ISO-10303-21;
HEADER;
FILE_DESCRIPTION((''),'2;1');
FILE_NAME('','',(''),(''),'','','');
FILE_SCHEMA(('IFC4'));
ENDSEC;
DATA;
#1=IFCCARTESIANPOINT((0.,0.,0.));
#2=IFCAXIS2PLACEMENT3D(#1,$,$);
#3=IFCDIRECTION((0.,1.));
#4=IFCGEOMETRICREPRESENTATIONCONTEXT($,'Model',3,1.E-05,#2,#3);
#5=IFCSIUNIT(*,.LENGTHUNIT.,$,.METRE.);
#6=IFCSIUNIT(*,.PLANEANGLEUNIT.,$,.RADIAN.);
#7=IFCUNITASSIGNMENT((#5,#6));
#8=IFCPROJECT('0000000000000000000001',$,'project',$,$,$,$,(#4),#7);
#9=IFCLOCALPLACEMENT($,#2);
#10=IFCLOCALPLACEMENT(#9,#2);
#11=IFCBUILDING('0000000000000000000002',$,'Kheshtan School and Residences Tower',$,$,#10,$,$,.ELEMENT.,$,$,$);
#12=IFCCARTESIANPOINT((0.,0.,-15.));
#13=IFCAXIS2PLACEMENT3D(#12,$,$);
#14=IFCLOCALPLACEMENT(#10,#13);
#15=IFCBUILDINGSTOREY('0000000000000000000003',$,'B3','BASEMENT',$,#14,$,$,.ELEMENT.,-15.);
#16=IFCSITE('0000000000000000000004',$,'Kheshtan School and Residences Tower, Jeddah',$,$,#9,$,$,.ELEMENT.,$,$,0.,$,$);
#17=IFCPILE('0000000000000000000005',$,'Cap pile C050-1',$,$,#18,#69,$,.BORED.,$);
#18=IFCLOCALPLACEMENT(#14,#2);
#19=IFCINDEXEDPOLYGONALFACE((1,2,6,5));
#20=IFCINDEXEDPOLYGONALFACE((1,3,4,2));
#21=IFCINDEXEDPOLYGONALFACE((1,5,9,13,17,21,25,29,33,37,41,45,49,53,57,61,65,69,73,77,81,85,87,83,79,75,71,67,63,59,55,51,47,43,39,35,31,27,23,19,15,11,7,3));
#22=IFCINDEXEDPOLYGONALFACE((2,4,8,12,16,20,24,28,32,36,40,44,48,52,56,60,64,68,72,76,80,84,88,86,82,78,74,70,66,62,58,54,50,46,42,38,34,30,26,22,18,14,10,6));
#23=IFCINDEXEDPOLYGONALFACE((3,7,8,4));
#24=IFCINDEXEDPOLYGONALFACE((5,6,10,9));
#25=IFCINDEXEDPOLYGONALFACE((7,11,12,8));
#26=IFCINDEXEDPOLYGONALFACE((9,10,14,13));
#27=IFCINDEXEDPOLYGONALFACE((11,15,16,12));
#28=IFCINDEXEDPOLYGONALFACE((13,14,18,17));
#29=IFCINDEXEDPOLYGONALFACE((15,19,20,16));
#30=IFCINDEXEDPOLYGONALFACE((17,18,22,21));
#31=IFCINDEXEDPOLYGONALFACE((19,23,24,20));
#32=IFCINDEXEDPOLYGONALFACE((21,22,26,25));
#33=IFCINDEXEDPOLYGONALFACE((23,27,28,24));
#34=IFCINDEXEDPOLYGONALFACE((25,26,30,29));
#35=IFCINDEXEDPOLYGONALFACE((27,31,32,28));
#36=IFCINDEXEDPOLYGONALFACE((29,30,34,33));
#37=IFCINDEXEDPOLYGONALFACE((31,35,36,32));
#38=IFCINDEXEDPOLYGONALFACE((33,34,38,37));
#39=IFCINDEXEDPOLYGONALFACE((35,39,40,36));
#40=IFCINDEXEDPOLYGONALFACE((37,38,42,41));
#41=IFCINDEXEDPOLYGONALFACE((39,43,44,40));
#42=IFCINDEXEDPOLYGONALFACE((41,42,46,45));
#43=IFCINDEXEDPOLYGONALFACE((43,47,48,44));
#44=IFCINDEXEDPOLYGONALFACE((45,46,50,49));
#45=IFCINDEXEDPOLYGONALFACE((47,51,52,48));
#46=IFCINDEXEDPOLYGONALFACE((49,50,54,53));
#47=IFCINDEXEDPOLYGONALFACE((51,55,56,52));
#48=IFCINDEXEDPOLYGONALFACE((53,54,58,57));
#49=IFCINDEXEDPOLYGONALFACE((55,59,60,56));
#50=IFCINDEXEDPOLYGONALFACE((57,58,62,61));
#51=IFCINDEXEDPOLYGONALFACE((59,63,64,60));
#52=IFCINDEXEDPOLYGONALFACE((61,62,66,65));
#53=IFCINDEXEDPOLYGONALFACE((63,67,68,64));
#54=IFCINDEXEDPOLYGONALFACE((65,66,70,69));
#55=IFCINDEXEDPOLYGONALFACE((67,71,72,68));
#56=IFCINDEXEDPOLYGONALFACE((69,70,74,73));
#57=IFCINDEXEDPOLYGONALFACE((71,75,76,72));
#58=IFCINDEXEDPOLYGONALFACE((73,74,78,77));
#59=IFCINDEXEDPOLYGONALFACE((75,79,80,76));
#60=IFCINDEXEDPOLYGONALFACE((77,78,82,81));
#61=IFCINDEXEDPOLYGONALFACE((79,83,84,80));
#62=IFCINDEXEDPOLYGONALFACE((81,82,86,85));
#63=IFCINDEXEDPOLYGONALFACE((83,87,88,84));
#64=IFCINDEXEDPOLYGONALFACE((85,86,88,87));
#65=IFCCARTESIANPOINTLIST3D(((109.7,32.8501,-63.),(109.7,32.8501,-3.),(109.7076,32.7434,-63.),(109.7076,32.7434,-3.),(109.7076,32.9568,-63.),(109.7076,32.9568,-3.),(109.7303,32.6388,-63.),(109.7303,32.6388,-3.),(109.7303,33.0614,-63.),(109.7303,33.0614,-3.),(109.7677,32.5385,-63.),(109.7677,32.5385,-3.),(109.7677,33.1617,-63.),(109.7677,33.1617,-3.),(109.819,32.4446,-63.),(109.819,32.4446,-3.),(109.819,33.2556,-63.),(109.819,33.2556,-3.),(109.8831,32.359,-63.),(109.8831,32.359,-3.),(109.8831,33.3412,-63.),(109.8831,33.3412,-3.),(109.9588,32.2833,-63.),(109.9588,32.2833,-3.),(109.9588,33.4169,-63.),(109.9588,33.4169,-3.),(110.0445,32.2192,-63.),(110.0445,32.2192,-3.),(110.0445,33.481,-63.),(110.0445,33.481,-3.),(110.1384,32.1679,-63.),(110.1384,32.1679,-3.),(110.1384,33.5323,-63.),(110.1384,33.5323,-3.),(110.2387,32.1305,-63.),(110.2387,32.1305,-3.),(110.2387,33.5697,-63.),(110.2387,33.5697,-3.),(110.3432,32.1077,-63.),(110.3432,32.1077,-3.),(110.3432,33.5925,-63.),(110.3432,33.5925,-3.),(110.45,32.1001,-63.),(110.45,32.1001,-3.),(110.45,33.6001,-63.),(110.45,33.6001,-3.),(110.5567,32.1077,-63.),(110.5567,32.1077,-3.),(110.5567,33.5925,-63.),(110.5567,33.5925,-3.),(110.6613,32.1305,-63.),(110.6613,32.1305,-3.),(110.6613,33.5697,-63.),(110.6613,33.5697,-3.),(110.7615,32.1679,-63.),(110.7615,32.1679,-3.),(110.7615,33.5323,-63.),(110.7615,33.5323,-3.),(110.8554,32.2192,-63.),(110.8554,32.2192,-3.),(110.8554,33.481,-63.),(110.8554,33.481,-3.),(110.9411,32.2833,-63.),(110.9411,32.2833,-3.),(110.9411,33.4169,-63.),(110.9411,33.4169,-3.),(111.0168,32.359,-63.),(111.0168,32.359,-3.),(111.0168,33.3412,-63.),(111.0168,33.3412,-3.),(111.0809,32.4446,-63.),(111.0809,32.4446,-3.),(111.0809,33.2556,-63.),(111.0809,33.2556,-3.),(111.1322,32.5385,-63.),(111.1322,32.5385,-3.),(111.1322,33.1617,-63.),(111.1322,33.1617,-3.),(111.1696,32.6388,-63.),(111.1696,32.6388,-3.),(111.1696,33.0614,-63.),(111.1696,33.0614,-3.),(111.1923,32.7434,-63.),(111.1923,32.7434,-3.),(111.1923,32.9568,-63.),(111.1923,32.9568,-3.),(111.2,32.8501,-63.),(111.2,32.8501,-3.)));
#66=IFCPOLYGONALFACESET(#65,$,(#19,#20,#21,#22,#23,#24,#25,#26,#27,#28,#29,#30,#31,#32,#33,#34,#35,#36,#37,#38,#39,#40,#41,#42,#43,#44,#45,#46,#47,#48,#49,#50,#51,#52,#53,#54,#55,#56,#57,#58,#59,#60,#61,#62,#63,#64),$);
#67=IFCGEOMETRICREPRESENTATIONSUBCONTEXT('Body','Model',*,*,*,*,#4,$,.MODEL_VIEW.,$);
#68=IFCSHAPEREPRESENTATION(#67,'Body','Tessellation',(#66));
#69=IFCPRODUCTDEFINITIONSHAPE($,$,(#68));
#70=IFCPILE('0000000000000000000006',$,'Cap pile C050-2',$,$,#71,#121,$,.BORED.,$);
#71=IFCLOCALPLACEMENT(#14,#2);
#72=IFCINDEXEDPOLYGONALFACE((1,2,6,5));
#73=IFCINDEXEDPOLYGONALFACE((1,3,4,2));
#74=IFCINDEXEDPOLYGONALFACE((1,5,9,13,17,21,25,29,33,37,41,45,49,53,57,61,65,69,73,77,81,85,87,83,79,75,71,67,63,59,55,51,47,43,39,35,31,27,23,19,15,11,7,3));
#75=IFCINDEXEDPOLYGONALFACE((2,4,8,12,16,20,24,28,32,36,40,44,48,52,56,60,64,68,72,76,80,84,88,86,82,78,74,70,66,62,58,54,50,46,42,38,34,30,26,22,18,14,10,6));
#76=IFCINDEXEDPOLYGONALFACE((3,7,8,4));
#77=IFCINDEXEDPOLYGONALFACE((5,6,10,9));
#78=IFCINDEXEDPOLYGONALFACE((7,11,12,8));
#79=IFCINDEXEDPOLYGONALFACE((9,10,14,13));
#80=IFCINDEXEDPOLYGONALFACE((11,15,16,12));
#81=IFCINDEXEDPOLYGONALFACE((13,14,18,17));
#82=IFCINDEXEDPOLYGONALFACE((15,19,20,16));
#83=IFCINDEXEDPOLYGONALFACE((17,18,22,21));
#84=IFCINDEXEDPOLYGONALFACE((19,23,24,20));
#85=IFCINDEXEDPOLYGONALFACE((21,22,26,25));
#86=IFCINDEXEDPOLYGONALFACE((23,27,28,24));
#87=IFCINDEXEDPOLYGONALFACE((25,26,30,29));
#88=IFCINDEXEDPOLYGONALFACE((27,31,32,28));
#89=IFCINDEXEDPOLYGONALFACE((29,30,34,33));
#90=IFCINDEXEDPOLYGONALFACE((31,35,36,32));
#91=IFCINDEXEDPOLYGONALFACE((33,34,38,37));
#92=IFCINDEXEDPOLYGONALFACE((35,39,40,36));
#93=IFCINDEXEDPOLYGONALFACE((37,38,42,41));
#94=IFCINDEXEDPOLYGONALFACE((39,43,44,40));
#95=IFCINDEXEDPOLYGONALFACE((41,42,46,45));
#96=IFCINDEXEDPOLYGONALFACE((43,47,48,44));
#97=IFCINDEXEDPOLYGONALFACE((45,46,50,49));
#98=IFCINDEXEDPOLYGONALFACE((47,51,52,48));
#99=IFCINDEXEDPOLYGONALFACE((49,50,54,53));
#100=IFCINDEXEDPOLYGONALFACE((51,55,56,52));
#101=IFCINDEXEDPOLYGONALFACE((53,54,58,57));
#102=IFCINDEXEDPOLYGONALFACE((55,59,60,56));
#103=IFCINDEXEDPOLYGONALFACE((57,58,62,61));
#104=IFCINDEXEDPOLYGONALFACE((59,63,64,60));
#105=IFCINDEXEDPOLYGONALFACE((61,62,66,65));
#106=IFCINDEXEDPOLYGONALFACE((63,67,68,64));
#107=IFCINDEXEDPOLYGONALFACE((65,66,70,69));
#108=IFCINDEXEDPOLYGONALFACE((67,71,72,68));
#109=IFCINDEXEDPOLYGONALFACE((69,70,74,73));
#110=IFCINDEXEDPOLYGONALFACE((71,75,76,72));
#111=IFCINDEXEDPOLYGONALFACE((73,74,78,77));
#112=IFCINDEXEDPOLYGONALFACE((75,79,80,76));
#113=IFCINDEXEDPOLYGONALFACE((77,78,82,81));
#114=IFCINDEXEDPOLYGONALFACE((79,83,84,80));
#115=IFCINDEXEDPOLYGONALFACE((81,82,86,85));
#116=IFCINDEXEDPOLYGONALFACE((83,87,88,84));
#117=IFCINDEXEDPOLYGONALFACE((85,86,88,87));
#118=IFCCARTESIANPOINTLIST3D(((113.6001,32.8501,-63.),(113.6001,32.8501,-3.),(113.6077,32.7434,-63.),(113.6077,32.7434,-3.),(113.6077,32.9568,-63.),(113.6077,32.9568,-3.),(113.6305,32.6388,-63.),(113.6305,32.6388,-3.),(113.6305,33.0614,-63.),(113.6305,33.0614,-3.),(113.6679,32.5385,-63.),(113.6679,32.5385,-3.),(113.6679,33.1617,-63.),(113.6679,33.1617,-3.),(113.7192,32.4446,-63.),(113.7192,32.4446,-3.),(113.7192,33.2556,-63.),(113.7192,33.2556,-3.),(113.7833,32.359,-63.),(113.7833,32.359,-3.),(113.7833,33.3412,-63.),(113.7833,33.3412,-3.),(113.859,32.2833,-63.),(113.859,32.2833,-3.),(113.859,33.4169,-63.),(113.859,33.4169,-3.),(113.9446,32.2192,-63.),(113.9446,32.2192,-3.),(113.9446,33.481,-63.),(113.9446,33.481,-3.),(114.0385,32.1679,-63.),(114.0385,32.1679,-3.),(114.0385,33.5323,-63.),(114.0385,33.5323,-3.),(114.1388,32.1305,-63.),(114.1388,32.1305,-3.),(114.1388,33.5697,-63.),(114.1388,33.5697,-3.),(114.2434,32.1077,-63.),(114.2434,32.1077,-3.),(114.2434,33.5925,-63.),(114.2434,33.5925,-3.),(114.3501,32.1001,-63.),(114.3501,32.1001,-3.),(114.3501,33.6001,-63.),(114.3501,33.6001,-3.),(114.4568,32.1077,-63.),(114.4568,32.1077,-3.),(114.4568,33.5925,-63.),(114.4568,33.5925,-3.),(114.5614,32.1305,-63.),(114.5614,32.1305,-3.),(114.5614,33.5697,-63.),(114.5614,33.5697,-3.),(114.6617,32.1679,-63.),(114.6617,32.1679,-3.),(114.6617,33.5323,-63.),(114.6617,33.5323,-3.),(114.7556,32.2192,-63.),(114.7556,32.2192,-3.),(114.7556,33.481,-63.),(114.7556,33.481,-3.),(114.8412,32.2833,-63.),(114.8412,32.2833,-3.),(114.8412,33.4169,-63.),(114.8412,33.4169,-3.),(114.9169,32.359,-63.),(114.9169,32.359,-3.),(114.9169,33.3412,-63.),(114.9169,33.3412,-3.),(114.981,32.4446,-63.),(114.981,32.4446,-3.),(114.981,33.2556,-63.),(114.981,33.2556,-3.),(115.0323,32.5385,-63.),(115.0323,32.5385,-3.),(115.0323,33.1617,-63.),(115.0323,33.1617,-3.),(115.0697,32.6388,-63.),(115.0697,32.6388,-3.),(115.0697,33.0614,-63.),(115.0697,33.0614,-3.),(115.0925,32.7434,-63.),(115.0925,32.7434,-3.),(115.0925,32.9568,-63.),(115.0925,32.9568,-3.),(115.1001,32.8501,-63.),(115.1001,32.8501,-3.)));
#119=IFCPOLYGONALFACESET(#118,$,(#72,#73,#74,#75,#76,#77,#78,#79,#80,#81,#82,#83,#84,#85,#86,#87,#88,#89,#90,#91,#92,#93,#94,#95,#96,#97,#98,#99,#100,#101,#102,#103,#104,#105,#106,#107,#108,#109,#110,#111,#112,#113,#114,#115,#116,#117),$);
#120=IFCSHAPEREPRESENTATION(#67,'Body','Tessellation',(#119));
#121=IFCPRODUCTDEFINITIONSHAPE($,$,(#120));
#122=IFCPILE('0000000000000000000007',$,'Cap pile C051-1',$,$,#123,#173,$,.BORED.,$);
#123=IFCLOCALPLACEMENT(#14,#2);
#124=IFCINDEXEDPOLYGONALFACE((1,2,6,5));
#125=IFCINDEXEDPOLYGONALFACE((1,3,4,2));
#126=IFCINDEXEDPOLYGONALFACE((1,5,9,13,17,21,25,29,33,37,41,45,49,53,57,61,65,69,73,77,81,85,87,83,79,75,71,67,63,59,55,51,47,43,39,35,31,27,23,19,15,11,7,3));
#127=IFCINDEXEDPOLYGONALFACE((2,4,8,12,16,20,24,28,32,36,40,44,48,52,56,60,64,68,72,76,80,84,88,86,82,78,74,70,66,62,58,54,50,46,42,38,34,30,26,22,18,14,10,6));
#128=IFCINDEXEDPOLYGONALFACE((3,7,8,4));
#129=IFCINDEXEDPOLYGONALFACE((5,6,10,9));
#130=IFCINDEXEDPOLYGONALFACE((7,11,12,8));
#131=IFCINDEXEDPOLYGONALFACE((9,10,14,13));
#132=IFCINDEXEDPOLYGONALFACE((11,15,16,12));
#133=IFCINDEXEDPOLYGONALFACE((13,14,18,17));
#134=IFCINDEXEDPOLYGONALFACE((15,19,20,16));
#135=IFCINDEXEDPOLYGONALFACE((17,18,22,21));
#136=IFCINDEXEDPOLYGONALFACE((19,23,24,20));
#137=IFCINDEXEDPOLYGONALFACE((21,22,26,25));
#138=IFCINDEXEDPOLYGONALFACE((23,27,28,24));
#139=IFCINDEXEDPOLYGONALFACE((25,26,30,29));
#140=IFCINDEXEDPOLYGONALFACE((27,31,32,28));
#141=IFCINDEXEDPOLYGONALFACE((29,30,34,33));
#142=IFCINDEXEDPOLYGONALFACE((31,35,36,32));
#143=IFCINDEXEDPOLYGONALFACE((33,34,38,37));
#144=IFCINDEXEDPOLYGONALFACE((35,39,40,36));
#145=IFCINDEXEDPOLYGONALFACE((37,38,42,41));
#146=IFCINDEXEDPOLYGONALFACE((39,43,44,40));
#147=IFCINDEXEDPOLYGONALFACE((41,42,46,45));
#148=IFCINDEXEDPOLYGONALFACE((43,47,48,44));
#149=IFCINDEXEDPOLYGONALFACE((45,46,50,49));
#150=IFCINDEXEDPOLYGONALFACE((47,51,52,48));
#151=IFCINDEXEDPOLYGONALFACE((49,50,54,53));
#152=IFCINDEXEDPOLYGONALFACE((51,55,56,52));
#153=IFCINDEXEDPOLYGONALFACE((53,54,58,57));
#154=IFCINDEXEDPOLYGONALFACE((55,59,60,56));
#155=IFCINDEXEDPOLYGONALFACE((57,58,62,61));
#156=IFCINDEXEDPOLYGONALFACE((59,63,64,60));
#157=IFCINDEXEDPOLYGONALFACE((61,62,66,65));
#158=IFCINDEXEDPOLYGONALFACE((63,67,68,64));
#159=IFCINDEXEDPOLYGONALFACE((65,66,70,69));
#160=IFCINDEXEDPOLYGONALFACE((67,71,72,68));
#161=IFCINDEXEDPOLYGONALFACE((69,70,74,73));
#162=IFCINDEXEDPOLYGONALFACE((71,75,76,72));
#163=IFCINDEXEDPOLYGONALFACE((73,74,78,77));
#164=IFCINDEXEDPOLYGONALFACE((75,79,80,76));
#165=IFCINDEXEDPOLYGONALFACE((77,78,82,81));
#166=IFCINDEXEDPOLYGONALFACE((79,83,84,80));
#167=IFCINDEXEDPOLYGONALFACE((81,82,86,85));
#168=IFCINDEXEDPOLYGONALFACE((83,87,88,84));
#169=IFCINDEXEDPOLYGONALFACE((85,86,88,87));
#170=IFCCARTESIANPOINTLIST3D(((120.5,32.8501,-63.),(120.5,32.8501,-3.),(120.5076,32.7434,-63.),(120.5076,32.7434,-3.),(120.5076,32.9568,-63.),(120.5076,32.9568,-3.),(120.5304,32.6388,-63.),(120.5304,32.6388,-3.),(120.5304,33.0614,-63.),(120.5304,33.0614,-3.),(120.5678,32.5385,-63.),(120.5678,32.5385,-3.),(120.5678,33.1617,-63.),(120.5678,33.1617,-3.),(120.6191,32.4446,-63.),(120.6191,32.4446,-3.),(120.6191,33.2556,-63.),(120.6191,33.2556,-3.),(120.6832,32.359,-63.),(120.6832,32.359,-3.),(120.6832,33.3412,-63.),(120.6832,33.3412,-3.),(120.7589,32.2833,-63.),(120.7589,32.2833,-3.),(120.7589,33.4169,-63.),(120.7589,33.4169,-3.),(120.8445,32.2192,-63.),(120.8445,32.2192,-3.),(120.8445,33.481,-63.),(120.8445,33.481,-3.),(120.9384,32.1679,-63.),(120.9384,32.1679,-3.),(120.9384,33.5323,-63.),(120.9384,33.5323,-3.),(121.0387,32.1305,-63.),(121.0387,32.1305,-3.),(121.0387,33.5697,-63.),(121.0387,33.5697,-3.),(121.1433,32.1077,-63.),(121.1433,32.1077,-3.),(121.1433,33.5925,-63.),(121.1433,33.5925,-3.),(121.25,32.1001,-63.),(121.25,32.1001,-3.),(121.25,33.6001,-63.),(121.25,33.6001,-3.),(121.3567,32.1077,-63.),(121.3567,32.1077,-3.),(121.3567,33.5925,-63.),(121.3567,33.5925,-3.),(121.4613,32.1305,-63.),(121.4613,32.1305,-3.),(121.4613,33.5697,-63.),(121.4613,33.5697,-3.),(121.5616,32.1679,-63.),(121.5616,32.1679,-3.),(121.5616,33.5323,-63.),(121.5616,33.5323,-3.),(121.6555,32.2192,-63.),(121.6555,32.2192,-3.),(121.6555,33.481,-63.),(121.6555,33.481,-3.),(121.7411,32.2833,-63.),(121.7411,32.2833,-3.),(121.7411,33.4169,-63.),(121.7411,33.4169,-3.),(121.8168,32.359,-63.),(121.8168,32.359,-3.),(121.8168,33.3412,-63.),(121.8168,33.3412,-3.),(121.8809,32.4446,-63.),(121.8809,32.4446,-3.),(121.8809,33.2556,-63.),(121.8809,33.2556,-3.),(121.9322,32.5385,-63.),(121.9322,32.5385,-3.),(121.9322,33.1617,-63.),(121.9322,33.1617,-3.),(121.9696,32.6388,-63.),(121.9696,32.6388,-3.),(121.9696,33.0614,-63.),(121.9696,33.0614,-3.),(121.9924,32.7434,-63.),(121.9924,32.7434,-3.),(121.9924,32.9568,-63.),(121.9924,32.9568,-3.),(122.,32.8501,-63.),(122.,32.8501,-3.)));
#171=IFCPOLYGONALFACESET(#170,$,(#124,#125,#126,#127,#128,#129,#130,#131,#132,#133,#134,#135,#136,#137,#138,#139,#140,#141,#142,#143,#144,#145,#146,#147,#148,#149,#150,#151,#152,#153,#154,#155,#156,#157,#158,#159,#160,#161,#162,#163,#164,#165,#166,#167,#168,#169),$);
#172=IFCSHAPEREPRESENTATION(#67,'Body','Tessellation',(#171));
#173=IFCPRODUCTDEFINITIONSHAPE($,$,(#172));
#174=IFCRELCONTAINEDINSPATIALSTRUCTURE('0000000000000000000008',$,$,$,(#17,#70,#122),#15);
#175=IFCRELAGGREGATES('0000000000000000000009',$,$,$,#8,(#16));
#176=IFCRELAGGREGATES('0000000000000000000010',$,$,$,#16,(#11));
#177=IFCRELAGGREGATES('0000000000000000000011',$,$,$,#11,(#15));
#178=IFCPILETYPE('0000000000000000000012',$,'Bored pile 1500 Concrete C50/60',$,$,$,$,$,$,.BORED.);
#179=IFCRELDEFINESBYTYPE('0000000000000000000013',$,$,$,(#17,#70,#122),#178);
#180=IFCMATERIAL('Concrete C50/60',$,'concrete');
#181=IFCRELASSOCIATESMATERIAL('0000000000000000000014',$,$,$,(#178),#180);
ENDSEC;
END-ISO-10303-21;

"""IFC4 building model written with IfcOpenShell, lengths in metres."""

from ifc_helpers import new_model, si_unit, direction, frame, origin, origin_2d, place, context, subcontext, project, spatial, circle, extrude, material, material_profile, profile_set, type_object, element, save


model = new_model("IFC4")

# Units and contexts
model_context = context("Model", 3, precision=1e-05, world=origin(), true_north=direction((0.0, 1.0)))
body_context = subcontext(model_context, "Body", "Model", "MODEL_VIEW")
ifc_project = project(units=[si_unit("LENGTHUNIT", "METRE"), si_unit("PLANEANGLEUNIT", "RADIAN")], contexts=[model_context])

# Site, building, storey
site_placement = place(None, origin())
site = spatial("IfcSite", under=ifc_project, at=site_placement, Name="Kheshtan School and Residences Tower, Jeddah", CompositionType="ELEMENT", RefElevation=0.0)
building_placement = place(site_placement, origin())
building = spatial("IfcBuilding", under=site, at=building_placement, Name="Kheshtan School and Residences Tower", CompositionType="ELEMENT")
storey_placement = place(building_placement, frame((0.0, 0.0, -15.0)))
storey = spatial("IfcBuildingStorey", under=building, at=storey_placement, Name="B3", Description="BASEMENT", CompositionType="ELEMENT", Elevation=-15.0)

# Piles
ifc_material_1 = material(Name="Concrete C50/60", Category="concrete")
ifc_material_profile_1 = material_profile(ifc_material_1, circle(Radius=0.75, at=origin_2d()), Name="BP 1500")
ifc_profile_set_1 = profile_set([ifc_material_profile_1], Name="Concrete C50/60")
pile_type_1 = type_object("IfcPileType", Name="Bored pile 1500 Concrete C50/60", PredefinedType="BORED", material=ifc_profile_set_1)
for number, where, z_axis, x_axis, name in (
    (1, (110.45, 32.8501, -3.0), (0.0, 0.0, -1.0), (1.0, 0.0, 0.0), "Cap pile C050-1"),
    (2, (114.3501, 32.8501, -3.0), (0.0, 0.0, -1.0), (1.0, 0.0, 0.0), "Cap pile C050-2"),
    (3, (121.25, 32.8501, -3.0), (0.0, 0.0, -1.0), (1.0, 0.0, 0.0), "Cap pile C051-1"),
):
    element("IfcPile", number, at=place(storey_placement, frame(where, z_axis=z_axis, x_axis=x_axis)), inside=storey, type_object=pile_type_1, Name=name, PredefinedType="BORED", context=body_context, shape_type="SweptSolid", body=[
        extrude(circle(Radius=0.75, at=origin_2d()), origin(), (0.0, 0.0, 1.0), 60.0),
    ])

save(model, "model.ifc")
